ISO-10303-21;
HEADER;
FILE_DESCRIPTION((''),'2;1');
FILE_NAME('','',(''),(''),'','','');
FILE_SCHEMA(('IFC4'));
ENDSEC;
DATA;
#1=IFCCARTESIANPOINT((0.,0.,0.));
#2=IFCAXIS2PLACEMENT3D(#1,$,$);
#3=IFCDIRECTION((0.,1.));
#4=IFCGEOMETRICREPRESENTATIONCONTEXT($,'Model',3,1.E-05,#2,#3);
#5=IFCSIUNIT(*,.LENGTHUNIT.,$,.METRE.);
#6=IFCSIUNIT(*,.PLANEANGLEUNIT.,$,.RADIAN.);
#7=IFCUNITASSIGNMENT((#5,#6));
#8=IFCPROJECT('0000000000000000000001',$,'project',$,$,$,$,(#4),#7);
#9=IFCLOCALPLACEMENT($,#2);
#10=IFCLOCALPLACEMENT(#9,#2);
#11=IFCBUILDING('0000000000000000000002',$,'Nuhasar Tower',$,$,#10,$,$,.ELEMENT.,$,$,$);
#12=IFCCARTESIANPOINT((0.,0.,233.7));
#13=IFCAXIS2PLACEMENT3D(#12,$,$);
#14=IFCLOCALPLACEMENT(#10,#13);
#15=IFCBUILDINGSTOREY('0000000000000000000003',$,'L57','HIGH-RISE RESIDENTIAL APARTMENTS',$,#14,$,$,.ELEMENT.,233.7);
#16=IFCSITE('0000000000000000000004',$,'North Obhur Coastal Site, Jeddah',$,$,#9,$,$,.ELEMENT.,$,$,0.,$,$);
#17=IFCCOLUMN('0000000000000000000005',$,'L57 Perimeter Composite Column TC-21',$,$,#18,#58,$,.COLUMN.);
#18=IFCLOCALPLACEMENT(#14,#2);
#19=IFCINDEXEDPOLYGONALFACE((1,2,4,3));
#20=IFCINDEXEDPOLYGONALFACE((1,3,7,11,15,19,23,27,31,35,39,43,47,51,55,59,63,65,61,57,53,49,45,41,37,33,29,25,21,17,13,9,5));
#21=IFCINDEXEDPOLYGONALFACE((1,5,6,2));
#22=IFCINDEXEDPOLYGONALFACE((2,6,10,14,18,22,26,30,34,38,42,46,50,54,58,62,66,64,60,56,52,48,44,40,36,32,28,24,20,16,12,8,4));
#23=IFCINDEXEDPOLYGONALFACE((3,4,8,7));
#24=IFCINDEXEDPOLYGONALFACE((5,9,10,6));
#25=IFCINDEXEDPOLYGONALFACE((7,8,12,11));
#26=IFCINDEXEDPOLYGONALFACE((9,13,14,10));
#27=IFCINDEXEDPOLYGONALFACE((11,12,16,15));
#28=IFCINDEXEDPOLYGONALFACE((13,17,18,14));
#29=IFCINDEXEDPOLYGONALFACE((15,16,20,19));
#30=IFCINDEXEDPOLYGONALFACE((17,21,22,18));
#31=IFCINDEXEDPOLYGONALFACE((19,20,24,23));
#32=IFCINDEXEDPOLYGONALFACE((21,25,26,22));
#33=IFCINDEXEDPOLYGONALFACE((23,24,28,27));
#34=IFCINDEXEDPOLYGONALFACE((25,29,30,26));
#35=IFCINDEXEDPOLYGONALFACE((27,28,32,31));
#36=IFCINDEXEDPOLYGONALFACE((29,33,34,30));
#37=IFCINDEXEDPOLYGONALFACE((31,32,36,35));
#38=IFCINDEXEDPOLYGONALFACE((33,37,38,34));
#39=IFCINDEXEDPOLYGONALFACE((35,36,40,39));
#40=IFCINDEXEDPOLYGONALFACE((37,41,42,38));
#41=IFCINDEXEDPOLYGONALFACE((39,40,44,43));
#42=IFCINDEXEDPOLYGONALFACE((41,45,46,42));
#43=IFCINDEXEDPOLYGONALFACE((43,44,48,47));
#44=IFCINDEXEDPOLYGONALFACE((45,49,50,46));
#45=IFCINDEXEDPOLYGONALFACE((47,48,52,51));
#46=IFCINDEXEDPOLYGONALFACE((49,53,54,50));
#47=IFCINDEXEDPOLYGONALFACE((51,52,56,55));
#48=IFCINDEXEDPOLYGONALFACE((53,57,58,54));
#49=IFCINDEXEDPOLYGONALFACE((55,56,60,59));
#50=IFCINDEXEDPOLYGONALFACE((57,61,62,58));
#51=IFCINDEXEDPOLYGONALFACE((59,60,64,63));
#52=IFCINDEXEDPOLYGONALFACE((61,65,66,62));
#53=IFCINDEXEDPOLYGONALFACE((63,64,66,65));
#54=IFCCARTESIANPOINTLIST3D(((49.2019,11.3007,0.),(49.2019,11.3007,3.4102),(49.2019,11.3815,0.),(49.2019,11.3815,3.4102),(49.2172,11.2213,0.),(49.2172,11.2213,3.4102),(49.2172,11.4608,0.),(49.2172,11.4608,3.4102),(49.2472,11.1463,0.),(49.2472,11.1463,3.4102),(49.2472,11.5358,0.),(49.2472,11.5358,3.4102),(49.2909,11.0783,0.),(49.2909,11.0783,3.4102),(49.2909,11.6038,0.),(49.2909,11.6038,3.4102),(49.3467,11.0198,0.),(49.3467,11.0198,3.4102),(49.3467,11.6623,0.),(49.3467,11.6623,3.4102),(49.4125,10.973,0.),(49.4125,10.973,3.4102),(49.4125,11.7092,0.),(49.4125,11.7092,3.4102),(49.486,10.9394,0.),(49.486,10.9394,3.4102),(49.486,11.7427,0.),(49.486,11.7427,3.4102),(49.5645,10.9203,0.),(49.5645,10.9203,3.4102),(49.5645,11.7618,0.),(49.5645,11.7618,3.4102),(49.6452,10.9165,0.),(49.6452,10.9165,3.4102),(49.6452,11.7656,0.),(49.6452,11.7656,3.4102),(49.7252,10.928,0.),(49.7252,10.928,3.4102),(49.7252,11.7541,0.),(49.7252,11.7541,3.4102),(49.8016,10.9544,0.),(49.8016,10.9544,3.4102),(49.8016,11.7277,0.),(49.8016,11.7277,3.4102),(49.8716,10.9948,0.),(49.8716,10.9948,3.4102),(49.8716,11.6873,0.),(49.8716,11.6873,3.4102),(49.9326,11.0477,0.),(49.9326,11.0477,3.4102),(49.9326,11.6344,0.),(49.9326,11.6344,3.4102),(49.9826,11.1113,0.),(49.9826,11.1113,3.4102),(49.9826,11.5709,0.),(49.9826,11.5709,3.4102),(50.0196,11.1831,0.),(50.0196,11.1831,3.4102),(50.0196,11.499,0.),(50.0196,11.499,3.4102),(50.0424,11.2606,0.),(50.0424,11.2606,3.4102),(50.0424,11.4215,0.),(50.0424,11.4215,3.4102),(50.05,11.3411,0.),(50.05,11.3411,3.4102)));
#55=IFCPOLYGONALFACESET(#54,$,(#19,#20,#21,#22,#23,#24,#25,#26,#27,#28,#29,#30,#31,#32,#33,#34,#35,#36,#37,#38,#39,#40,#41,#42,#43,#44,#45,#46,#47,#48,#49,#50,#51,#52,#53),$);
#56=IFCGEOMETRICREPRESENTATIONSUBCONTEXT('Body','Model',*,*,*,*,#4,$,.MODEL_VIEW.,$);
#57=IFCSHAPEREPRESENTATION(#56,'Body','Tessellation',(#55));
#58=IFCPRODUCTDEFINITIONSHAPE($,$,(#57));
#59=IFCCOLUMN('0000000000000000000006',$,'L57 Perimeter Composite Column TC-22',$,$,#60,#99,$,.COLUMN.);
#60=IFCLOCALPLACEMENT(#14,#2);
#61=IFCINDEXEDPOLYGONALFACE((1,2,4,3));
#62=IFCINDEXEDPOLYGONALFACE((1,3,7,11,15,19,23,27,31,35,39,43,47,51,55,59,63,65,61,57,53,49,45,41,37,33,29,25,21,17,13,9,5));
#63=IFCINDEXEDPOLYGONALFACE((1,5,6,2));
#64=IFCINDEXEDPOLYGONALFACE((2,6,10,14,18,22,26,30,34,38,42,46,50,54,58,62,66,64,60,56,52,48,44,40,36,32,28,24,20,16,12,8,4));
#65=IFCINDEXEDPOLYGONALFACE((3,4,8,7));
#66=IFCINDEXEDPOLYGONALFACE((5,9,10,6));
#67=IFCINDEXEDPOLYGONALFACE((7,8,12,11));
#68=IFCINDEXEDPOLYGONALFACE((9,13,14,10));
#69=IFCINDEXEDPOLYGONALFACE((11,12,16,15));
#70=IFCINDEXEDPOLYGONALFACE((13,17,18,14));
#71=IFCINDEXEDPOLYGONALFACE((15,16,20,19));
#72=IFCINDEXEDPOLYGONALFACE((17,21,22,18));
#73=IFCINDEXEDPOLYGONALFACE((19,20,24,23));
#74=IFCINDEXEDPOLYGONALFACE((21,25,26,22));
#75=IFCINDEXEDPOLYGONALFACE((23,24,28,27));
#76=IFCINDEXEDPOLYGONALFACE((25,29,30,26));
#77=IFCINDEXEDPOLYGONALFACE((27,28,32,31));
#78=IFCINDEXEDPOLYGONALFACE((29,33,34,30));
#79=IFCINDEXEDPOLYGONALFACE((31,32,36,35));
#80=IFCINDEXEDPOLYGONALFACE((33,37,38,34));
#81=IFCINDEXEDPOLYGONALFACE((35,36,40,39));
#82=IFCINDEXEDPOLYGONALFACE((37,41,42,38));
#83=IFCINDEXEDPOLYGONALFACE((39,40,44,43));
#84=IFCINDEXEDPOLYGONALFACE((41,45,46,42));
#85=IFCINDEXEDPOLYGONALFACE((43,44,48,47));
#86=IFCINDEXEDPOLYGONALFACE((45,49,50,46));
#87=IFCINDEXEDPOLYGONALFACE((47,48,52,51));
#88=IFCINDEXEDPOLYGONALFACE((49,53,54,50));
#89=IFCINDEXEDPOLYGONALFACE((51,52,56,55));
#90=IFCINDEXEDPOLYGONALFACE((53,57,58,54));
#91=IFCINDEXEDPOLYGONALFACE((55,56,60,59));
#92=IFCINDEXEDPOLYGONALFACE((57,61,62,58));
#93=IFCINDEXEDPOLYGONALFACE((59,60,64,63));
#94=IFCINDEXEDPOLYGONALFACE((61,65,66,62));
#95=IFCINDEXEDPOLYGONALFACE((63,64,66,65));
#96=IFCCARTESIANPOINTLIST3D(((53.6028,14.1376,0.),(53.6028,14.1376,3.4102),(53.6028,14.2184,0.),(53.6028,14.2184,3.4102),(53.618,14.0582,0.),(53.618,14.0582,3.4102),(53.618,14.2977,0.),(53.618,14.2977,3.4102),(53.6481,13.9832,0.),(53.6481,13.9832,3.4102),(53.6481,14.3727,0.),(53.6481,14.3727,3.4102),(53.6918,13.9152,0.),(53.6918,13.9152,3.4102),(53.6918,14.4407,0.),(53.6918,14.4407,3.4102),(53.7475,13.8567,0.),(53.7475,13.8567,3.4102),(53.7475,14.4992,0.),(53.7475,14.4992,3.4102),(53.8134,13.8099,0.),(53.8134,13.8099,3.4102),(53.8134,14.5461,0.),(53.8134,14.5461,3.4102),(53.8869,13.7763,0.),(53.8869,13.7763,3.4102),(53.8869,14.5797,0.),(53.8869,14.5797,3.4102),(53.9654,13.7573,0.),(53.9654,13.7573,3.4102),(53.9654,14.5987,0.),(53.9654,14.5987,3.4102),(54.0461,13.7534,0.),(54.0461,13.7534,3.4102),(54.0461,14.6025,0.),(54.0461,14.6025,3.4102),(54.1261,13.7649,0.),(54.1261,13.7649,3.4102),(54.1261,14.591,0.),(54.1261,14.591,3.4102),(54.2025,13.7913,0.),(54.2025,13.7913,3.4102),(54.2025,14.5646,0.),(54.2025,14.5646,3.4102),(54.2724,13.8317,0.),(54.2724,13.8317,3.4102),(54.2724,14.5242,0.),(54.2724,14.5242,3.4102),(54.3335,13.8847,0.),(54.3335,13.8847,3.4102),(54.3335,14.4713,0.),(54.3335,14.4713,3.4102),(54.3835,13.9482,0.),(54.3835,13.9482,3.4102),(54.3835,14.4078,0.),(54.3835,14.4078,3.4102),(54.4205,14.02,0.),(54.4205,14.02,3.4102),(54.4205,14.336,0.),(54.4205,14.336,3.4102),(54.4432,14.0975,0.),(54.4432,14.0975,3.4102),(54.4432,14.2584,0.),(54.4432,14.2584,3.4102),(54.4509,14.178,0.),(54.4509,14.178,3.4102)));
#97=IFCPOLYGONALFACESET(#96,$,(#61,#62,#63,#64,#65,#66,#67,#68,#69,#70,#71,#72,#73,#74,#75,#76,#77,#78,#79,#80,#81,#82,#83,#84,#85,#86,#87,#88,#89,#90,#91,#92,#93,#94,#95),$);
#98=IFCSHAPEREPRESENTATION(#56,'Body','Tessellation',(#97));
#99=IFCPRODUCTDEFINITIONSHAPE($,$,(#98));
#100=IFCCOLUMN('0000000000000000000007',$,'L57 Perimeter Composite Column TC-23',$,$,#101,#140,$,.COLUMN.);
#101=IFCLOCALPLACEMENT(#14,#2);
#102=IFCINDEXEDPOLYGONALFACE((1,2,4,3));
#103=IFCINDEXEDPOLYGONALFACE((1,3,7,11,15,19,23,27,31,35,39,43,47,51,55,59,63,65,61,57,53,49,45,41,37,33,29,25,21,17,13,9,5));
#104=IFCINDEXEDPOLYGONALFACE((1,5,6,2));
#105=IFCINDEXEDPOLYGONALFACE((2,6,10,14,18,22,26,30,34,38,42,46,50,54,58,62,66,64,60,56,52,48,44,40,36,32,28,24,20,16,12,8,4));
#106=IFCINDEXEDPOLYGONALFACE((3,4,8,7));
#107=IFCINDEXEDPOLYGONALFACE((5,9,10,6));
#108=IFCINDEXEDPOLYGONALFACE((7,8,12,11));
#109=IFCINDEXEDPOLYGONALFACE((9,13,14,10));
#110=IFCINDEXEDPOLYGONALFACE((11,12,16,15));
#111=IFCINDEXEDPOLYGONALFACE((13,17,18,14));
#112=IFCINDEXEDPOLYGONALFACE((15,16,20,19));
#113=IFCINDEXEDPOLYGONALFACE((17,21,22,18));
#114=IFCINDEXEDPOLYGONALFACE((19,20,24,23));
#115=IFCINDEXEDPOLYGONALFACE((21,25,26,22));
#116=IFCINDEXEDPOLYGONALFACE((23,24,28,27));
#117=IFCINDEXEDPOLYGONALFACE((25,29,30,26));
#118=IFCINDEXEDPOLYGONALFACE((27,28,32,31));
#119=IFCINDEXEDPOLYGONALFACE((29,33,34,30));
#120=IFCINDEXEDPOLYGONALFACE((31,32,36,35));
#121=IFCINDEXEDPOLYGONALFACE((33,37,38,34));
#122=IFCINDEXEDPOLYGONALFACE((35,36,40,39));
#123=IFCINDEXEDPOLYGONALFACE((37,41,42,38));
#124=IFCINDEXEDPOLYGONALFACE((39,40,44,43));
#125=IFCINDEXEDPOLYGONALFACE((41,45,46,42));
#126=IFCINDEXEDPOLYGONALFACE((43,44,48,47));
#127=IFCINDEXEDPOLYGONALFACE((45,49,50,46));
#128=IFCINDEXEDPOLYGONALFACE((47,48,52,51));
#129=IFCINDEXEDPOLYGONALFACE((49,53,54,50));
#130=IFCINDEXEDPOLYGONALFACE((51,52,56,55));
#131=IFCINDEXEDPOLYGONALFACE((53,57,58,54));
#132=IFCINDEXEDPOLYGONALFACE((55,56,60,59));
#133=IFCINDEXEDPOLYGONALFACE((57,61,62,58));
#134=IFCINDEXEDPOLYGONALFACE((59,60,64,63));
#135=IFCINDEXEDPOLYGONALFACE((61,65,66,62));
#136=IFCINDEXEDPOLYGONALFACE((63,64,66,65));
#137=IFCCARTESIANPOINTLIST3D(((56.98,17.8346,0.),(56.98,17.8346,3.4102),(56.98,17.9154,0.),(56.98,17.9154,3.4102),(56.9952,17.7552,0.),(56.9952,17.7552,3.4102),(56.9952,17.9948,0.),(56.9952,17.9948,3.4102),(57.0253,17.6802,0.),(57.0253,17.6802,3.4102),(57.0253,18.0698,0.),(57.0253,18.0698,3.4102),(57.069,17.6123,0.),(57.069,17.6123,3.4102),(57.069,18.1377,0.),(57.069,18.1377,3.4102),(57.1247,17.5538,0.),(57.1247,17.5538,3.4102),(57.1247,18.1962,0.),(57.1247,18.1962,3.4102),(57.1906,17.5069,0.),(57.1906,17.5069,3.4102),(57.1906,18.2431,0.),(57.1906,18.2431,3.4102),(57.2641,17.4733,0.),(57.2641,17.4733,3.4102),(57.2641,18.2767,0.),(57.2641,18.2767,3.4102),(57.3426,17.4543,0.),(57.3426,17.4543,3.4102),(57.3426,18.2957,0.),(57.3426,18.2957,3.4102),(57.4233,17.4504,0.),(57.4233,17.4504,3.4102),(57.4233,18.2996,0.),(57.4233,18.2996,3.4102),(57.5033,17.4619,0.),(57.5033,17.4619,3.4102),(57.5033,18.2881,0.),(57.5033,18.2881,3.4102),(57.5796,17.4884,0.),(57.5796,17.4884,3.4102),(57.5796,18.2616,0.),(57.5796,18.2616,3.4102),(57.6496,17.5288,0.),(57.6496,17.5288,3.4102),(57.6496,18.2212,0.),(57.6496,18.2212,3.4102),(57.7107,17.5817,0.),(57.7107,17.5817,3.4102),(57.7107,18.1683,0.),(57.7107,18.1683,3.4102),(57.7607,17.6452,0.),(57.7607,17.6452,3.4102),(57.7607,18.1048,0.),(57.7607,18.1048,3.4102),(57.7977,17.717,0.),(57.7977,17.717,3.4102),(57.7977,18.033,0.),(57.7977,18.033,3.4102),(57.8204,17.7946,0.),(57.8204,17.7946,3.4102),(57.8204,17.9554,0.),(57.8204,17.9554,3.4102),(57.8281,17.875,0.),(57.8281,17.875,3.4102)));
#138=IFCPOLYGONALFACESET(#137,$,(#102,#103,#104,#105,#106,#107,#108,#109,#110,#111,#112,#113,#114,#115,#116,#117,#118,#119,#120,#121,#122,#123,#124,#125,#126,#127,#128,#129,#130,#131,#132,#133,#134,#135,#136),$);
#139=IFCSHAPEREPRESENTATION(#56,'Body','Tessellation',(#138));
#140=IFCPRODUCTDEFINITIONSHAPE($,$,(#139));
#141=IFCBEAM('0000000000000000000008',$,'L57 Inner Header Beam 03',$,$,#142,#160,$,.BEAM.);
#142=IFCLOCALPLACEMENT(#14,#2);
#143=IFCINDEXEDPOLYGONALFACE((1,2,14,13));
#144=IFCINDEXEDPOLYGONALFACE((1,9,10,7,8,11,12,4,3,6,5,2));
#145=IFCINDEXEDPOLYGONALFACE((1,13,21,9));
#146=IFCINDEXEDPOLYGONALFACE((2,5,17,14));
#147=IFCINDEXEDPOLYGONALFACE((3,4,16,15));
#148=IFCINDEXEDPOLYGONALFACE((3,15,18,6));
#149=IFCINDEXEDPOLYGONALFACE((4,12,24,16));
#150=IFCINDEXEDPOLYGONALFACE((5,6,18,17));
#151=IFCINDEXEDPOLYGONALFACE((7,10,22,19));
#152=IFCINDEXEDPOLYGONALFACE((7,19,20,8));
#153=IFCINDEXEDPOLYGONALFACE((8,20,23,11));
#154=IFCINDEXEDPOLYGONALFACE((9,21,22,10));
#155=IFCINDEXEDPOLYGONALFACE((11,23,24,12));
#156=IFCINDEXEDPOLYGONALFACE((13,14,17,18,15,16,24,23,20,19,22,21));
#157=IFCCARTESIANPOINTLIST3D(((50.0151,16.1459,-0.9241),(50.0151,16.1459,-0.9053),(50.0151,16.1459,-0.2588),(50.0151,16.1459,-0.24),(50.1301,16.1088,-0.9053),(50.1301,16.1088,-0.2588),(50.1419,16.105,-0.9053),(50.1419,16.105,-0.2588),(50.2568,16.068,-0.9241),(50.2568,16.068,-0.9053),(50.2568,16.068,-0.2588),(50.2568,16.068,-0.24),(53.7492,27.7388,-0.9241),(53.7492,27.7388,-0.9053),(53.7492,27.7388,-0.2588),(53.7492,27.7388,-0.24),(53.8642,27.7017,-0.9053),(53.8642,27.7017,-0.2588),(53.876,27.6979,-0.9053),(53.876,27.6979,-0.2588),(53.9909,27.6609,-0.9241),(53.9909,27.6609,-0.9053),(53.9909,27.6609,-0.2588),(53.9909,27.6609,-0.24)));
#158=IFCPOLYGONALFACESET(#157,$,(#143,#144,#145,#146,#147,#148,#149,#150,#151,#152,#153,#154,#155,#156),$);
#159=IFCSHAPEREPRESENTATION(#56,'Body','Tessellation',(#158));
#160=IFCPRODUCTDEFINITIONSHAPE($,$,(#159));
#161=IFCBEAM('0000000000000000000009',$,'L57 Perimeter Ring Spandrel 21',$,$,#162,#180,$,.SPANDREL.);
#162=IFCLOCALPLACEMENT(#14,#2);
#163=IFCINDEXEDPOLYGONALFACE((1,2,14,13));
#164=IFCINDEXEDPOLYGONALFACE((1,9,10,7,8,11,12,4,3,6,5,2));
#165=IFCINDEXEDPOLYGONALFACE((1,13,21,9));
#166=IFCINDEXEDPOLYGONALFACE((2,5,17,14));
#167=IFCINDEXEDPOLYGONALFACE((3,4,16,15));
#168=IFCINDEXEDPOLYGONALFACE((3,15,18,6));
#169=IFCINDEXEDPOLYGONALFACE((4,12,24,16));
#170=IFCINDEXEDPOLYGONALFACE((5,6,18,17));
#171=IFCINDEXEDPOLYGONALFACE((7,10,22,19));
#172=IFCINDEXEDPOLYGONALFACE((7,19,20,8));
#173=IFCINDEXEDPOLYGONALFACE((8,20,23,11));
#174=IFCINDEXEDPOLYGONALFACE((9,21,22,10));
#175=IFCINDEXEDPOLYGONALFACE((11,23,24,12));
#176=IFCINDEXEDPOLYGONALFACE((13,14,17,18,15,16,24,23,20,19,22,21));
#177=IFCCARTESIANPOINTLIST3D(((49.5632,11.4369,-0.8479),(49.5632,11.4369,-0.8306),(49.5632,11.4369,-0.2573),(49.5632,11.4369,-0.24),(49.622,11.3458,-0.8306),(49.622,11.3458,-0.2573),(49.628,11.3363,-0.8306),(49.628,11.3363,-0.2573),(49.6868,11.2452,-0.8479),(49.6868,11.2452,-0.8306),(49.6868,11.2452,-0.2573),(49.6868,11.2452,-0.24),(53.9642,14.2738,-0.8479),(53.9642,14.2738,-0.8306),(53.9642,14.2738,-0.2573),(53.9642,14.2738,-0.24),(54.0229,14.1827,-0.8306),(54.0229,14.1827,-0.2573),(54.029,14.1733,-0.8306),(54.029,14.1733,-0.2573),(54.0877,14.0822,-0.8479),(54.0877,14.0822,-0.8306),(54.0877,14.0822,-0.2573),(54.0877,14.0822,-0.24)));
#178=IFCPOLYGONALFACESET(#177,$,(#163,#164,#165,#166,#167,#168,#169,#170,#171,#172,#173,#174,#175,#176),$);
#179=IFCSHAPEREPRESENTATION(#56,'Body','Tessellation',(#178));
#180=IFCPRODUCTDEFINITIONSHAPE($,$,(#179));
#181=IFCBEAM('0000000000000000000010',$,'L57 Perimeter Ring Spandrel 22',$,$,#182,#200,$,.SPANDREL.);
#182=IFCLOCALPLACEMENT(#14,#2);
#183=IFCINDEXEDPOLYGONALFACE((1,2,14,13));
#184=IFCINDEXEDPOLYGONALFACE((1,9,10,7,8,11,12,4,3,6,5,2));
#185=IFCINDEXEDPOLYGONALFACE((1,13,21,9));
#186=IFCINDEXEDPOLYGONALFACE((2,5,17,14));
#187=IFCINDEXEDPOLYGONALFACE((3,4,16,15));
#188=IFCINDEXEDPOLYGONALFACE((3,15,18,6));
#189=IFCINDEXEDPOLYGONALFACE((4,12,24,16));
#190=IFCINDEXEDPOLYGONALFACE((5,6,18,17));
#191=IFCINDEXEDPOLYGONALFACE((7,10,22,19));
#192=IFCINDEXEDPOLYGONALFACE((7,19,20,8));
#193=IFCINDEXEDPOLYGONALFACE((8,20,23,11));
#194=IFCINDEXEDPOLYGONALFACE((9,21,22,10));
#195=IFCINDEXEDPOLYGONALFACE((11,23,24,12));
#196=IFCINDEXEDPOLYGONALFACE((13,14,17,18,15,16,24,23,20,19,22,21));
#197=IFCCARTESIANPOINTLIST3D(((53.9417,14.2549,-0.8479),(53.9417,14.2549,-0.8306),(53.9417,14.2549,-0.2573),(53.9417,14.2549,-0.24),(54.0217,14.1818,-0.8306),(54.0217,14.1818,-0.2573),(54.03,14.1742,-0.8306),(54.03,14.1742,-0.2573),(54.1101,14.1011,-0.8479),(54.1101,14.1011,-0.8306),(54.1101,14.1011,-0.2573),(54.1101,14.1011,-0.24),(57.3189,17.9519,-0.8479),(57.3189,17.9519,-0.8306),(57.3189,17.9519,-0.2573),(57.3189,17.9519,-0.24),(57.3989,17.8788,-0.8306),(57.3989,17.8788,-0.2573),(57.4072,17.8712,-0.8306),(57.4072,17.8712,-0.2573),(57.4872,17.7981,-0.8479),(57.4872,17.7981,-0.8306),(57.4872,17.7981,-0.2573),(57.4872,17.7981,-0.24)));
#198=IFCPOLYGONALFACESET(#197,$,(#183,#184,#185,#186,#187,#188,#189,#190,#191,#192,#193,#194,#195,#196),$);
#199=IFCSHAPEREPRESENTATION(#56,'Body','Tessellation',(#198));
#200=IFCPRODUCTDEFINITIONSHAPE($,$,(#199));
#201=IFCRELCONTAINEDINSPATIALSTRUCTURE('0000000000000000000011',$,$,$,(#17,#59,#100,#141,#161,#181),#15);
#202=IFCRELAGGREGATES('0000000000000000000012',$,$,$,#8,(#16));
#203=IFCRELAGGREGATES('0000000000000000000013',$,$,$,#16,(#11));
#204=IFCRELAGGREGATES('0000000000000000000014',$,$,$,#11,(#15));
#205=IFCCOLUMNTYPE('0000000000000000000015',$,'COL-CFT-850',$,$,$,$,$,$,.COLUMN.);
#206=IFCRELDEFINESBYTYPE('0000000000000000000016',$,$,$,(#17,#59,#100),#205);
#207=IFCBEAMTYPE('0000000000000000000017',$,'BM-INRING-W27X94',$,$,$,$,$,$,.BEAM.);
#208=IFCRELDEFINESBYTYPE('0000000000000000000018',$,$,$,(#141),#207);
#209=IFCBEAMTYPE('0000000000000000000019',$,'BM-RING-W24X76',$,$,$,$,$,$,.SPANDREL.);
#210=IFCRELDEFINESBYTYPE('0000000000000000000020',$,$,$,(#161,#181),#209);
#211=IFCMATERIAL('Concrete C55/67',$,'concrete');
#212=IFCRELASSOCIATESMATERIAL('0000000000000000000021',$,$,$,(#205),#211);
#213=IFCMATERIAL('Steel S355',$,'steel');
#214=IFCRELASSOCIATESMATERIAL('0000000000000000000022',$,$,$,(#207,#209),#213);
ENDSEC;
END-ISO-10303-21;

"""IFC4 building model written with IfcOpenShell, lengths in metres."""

from ifc_helpers import new_model, si_unit, direction, frame, origin, origin_2d, place, context, subcontext, project, spatial, circle, i_section, extrude, material, material_profile, profile_set, type_object, element, save


model = new_model("IFC4")

# Units and contexts
model_context = context("Model", 3, precision=1e-05, world=origin(), true_north=direction((0.0, 1.0)))
body_context = subcontext(model_context, "Body", "Model", "MODEL_VIEW")
ifc_project = project(units=[si_unit("LENGTHUNIT", "METRE"), si_unit("PLANEANGLEUNIT", "RADIAN")], contexts=[model_context])

# Site, building, storey
site_placement = place(None, origin())
site = spatial("IfcSite", under=ifc_project, at=site_placement, Name="North Obhur Coastal Site, Jeddah", CompositionType="ELEMENT", RefElevation=0.0)
building_placement = place(site_placement, origin())
building = spatial("IfcBuilding", under=site, at=building_placement, Name="Nuhasar Tower", CompositionType="ELEMENT")
storey_placement = place(building_placement, frame((0.0, 0.0, 233.7)))
storey = spatial("IfcBuildingStorey", under=building, at=storey_placement, Name="L57", Description="HIGH-RISE RESIDENTIAL APARTMENTS", CompositionType="ELEMENT", Elevation=233.7)

# Columns
ifc_material_1 = material(Name="Concrete C55/67", Category="concrete")
ifc_material_profile_1 = material_profile(ifc_material_1, circle(Radius=0.425, at=origin_2d()), Name="CFT850")
ifc_profile_set_1 = profile_set([ifc_material_profile_1], Name="Concrete C55/67")
column_type = type_object("IfcColumnType", Name="COL-CFT-850", PredefinedType="COLUMN", material=ifc_profile_set_1)
for number, where, z_axis, x_axis, name in (
    (1, (49.625, 11.3411, 0.0), (0.0, 0.0, 1.0), (1.0, 0.0, 0.0), "L57 Perimeter Composite Column TC-21"),
    (2, (54.0259, 14.178, 0.0), (0.0, 0.0, 1.0), (1.0, 0.0, 0.0), "L57 Perimeter Composite Column TC-22"),
    (3, (57.4031, 17.875, 0.0), (0.0, 0.0, 1.0), (1.0, 0.0, 0.0), "L57 Perimeter Composite Column TC-23"),
):
    element("IfcColumn", number, at=place(storey_placement, frame(where, z_axis=z_axis, x_axis=x_axis)), inside=storey, type_object=column_type, Name=name, PredefinedType="COLUMN", context=body_context, shape_type="SweptSolid", body=[
        extrude(circle(Radius=0.425, at=origin_2d()), origin(), (0.0, 0.0, 1.0), 3.4102),
    ])

# Beams
ifc_material_2 = material(Name="Steel S355", Category="steel")
ifc_material_profile_2 = material_profile(ifc_material_2, i_section(OverallWidth=0.2539, OverallDepth=0.6841, WebThickness=0.0125, FlangeThickness=0.0188, at=origin_2d()), Name="W27X94")
ifc_profile_set_2 = profile_set([ifc_material_profile_2], Name="Steel S355")
beam_type_1 = type_object("IfcBeamType", Name="BM-INRING-W27X94", PredefinedType="BEAM", material=ifc_profile_set_2)
beam_1_placement = place(storey_placement, frame((50.136, 16.1069, -0.582), z_axis=(0.30659, 0.951842, 0.0), x_axis=(-0.951842, 0.30659, 0.0)))
element("IfcBeam", 4, at=beam_1_placement, inside=storey, type_object=beam_type_1, Name="L57 Inner Header Beam 03", PredefinedType="BEAM", context=body_context, shape_type="SweptSolid", body=[
    extrude(i_section(OverallWidth=0.2539, OverallDepth=0.6841, WebThickness=0.0125, FlangeThickness=0.0188, at=origin_2d()), origin(), (0.0, 0.0, 1.0), 12.1794),
])
ifc_material_profile_3 = material_profile(ifc_material_2, i_section(OverallWidth=0.228, OverallDepth=0.6079, WebThickness=0.0112, FlangeThickness=0.0173, at=origin_2d()), Name="W24X76")
ifc_profile_set_3 = profile_set([ifc_material_profile_3], Name="Steel S355")
beam_type_2 = type_object("IfcBeamType", Name="BM-RING-W24X76", PredefinedType="SPANDREL", material=ifc_profile_set_3)
beam_2_placement = place(storey_placement, frame((49.625, 11.3411, -0.5439), z_axis=(0.840502, 0.541808, 0.0), x_axis=(-0.541808, 0.840502, 0.0)))
element("IfcBeam", 5, at=beam_2_placement, inside=storey, type_object=beam_type_2, Name="L57 Perimeter Ring Spandrel 21", PredefinedType="SPANDREL", context=body_context, shape_type="SweptSolid", body=[
    extrude(i_section(OverallWidth=0.228, OverallDepth=0.6079, WebThickness=0.0112, FlangeThickness=0.0173, at=origin_2d()), origin(), (0.0, 0.0, 1.0), 5.2361),
])
beam_3_placement = place(storey_placement, frame((54.0259, 14.178, -0.5439), z_axis=(0.67445, 0.738321, 0.0), x_axis=(-0.738321, 0.67445, 0.0)))
element("IfcBeam", 6, at=beam_3_placement, inside=storey, type_object=beam_type_2, Name="L57 Perimeter Ring Spandrel 22", PredefinedType="SPANDREL", context=body_context, shape_type="SweptSolid", body=[
    extrude(i_section(OverallWidth=0.228, OverallDepth=0.6079, WebThickness=0.0112, FlangeThickness=0.0173, at=origin_2d()), origin(), (0.0, 0.0, 1.0), 5.0073),
])

save(model, "model.ifc")
